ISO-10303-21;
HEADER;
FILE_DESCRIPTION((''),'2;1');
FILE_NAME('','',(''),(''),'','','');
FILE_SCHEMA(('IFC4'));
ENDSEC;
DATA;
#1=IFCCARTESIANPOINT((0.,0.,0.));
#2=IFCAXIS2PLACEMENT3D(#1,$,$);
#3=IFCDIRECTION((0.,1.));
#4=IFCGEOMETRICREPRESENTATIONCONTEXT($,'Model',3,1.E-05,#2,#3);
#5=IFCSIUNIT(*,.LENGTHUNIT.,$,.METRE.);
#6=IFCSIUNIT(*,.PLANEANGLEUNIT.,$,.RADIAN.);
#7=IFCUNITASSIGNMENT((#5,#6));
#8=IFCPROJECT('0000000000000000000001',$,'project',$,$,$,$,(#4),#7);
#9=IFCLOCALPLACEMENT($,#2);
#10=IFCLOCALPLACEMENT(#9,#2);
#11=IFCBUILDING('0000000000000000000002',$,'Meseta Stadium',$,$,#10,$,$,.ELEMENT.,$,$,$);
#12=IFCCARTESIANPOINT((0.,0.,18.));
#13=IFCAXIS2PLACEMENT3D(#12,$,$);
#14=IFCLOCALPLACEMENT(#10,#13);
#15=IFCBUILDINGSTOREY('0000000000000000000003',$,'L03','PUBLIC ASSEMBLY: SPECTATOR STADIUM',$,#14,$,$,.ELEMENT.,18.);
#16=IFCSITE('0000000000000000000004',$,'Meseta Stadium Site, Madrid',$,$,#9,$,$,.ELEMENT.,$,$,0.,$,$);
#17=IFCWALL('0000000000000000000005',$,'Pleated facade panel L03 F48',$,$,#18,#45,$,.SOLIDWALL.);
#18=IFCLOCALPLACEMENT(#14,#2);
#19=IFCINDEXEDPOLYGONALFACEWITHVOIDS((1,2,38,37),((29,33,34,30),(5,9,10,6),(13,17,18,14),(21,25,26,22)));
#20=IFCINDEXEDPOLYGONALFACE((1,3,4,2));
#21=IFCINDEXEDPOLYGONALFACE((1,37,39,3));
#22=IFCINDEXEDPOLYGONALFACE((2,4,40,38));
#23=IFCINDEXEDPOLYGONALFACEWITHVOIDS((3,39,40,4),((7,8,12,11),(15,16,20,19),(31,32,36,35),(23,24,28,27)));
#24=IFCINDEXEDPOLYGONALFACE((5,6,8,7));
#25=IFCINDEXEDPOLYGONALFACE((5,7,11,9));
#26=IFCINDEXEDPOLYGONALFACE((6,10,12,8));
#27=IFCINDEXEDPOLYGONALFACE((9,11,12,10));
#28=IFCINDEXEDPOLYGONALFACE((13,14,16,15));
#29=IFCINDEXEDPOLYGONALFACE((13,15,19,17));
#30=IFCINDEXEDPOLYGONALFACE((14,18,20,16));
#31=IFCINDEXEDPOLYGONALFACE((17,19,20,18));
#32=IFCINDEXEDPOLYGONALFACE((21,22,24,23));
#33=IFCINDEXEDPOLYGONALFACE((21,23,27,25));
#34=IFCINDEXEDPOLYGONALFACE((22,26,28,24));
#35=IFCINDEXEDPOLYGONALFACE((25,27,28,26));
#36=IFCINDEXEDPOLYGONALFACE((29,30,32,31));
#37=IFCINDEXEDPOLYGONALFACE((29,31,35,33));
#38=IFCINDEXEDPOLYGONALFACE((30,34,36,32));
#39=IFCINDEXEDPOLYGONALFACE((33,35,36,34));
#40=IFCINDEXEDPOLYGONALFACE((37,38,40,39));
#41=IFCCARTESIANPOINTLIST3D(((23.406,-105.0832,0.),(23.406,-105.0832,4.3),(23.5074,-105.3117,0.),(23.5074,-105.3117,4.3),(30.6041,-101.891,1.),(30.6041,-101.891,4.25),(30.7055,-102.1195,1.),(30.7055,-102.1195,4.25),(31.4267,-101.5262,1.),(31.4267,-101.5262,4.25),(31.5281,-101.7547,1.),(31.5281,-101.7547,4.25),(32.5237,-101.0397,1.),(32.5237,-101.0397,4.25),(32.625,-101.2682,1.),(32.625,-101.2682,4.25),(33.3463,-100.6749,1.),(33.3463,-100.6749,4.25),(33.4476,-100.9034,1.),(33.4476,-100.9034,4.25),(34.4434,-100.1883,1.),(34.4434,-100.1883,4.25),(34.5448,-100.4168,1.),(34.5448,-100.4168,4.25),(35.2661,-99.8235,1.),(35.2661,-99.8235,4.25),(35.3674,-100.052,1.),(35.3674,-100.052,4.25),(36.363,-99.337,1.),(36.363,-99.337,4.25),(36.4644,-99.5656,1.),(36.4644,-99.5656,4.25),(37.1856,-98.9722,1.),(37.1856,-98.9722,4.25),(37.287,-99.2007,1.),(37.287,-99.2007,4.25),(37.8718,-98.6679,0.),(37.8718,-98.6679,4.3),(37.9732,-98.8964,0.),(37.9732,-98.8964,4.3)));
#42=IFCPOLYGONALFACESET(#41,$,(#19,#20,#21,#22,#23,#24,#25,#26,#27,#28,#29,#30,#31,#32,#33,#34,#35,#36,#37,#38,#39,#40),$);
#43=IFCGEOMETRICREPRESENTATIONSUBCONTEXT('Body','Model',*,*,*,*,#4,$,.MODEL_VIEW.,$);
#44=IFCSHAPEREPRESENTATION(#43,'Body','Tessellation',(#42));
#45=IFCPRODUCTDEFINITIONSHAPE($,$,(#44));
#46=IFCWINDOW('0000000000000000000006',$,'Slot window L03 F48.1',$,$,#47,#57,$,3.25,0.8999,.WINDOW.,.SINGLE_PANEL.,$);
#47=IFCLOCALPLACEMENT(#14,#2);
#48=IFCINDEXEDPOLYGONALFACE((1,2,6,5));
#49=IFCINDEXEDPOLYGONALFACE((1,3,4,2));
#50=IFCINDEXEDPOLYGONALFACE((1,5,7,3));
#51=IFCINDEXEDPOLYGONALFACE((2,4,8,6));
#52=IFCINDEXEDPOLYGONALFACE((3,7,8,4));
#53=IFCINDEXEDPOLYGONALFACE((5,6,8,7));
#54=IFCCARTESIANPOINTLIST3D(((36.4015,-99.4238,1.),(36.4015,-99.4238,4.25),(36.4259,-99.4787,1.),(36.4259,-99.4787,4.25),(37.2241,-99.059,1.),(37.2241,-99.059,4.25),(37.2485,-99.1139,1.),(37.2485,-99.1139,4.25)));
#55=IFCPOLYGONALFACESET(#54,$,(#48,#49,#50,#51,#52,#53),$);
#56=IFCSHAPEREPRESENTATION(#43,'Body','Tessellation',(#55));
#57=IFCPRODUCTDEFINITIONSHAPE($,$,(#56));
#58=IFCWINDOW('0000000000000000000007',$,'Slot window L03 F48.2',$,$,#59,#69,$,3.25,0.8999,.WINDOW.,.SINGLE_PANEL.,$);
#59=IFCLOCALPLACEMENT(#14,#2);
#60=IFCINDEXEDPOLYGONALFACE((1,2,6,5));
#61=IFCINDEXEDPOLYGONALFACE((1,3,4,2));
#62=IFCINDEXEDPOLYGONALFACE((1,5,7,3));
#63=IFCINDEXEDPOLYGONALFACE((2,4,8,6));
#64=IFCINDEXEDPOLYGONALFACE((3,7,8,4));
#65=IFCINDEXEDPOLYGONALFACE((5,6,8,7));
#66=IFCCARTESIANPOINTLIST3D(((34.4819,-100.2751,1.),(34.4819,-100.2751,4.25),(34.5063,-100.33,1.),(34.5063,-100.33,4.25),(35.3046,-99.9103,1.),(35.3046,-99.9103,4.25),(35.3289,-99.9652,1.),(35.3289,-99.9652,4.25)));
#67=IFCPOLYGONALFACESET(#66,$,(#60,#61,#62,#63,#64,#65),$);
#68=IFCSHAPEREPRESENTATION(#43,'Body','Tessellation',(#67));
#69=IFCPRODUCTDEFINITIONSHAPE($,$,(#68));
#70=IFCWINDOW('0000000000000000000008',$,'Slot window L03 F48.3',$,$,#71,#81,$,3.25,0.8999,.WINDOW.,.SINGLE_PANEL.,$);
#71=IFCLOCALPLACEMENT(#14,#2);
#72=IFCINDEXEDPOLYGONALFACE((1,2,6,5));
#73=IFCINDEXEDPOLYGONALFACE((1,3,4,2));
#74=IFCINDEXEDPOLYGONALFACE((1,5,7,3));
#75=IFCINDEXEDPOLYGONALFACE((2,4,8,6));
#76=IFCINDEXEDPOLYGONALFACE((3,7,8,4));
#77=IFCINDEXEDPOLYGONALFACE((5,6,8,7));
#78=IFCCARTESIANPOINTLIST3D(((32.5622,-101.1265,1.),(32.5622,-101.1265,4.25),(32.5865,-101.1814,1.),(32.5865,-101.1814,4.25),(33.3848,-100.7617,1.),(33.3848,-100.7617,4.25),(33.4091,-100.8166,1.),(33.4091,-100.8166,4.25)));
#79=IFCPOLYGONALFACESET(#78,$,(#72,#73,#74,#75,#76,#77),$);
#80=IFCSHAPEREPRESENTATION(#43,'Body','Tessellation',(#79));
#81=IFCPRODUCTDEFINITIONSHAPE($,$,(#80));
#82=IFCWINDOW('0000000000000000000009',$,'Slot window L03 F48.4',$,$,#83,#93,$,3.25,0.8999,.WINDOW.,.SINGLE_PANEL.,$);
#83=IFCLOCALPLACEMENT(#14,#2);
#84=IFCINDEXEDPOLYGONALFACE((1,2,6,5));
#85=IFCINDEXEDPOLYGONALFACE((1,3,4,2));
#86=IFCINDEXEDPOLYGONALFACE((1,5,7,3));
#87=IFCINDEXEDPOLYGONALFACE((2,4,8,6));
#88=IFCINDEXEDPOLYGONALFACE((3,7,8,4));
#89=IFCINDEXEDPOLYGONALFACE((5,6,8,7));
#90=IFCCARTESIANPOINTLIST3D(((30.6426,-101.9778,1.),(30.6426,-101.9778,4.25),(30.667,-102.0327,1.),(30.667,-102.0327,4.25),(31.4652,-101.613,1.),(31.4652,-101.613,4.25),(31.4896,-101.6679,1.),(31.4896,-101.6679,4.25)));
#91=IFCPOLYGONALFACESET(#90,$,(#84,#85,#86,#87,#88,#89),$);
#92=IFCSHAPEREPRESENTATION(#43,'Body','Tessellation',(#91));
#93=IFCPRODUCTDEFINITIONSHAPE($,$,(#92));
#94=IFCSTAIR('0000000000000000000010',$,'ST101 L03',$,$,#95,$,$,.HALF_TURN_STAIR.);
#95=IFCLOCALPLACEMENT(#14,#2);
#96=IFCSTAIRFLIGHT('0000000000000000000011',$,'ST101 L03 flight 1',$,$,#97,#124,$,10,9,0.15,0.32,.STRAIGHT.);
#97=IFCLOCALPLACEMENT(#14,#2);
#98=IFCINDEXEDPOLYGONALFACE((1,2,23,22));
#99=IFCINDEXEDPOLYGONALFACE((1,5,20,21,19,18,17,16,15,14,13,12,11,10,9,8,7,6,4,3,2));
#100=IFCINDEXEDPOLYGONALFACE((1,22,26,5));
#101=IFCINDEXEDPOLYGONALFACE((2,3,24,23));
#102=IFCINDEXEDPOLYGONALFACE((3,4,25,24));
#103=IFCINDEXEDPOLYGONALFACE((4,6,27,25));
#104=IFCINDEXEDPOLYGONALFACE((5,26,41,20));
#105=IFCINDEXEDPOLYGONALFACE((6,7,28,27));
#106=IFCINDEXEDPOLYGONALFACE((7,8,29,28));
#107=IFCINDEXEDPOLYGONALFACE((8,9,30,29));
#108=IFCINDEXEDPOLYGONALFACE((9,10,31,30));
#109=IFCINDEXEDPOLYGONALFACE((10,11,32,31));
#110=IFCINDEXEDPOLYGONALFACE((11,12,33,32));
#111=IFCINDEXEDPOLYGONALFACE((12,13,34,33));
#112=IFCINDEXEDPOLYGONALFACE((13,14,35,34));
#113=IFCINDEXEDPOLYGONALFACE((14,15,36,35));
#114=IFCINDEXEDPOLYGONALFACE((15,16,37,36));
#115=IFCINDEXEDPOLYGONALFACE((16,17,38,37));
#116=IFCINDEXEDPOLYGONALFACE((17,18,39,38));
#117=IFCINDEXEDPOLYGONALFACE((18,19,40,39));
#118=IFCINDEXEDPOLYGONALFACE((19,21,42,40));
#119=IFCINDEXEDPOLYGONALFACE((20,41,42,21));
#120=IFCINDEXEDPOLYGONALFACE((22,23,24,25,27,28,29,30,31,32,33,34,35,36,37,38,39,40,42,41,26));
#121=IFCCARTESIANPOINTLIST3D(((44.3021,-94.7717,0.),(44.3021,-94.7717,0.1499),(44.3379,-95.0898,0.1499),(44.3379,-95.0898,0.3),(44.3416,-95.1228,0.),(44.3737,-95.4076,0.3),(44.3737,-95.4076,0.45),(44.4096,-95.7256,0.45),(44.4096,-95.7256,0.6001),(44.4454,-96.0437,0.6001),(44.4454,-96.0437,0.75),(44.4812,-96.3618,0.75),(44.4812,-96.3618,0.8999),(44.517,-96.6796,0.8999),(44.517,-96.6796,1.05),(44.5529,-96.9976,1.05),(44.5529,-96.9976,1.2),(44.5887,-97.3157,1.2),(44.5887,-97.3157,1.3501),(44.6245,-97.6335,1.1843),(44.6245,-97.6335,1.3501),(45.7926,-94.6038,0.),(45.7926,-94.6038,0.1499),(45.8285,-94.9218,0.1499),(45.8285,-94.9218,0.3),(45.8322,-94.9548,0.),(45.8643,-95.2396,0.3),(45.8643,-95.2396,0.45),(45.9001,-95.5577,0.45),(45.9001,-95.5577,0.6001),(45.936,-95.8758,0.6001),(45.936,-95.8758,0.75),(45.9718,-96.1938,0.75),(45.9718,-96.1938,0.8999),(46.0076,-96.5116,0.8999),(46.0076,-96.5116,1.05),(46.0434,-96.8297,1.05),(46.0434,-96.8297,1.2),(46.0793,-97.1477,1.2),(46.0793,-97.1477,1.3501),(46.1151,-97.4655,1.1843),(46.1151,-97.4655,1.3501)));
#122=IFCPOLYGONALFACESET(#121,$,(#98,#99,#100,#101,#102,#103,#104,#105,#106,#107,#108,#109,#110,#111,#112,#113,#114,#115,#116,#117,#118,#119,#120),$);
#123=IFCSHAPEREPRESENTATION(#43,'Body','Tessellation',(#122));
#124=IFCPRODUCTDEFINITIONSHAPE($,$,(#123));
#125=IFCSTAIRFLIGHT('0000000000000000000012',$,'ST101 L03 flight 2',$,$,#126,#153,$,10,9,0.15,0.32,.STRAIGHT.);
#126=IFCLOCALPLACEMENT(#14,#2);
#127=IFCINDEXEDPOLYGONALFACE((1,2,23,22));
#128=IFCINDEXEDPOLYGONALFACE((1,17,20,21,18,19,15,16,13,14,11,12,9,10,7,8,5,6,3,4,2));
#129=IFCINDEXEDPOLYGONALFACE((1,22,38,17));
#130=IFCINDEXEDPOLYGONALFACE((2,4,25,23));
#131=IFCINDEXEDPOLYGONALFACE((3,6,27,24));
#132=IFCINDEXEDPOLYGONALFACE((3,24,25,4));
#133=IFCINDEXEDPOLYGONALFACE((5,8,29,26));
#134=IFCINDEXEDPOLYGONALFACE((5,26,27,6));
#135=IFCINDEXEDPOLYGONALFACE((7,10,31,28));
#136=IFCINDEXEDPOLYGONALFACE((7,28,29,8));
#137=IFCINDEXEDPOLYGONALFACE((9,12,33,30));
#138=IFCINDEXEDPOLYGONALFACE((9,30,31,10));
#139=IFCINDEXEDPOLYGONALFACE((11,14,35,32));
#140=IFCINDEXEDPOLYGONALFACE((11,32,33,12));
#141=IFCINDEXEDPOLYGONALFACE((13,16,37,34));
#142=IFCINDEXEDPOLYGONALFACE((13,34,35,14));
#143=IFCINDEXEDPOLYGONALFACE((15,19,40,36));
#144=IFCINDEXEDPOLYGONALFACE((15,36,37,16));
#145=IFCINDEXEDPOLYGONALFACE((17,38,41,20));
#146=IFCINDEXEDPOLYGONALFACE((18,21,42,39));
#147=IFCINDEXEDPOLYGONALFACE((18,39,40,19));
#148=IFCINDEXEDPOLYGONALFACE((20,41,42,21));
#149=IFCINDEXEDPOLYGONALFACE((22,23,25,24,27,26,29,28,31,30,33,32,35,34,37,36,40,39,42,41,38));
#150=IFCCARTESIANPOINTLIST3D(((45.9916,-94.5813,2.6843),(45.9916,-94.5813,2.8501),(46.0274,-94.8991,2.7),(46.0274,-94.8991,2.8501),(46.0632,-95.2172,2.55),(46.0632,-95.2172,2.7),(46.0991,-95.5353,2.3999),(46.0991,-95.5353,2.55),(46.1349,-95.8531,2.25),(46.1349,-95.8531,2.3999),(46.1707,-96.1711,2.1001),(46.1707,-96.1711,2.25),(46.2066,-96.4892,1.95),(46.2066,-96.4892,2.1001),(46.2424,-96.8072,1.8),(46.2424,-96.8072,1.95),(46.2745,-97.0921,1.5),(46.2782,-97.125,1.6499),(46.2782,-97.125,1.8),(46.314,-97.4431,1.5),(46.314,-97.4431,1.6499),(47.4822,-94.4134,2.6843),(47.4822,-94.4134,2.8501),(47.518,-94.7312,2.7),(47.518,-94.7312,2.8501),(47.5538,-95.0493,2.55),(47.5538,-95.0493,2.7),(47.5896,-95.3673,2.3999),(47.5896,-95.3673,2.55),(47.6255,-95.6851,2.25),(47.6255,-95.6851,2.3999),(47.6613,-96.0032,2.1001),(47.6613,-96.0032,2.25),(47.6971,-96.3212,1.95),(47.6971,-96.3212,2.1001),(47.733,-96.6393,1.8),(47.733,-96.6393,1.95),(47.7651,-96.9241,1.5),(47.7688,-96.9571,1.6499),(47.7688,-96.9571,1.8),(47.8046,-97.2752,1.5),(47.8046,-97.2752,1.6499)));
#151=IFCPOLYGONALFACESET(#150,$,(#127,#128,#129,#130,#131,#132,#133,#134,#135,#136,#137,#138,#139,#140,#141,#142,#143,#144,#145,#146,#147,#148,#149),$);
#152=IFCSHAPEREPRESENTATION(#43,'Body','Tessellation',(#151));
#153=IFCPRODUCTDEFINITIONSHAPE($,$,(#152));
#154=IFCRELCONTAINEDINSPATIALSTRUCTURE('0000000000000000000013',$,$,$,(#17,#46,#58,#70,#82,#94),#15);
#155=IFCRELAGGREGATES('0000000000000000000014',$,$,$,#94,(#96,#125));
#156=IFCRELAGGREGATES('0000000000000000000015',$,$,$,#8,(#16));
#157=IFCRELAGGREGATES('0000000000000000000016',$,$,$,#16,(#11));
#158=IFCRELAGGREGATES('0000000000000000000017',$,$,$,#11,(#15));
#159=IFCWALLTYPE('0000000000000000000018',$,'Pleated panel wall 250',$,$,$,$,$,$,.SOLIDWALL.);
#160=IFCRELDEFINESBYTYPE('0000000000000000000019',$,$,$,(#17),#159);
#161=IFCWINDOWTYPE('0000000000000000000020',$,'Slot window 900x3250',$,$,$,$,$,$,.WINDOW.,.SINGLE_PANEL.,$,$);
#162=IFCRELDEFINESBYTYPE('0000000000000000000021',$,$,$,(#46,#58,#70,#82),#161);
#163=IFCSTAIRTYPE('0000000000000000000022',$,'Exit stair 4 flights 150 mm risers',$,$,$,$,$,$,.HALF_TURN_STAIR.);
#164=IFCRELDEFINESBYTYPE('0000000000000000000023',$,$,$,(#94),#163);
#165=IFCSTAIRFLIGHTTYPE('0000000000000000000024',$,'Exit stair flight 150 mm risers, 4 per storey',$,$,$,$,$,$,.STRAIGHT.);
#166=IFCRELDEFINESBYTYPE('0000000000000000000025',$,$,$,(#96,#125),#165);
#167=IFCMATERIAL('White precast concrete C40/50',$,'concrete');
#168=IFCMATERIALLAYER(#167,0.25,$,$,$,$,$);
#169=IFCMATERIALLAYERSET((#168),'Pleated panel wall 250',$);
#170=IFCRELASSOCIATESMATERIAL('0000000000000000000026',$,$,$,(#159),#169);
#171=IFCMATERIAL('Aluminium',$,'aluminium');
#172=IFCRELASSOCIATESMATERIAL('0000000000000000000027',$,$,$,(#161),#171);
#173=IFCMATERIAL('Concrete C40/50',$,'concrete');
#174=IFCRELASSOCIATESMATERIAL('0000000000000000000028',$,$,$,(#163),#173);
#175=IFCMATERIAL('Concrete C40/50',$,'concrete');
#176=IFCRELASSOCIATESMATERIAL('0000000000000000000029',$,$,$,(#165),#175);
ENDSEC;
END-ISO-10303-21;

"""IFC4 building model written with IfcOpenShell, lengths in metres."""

from ifc_helpers import new_model, si_unit, direction, frame, frame_2d, origin, place, context, subcontext, project, spatial, polyline, rectangle, outline, extrude, material, layer, layer_set, type_object, element, fill, aggregate, save


model = new_model("IFC4")

# Units and contexts
model_context = context("Model", 3, precision=1e-05, world=origin(), true_north=direction((0.0, 1.0)))
body_context = subcontext(model_context, "Body", "Model", "MODEL_VIEW")
ifc_project = project(units=[si_unit("LENGTHUNIT", "METRE"), si_unit("PLANEANGLEUNIT", "RADIAN")], contexts=[model_context])

# Site, building, storey
site_placement = place(None, origin())
site = spatial("IfcSite", under=ifc_project, at=site_placement, Name="Meseta Stadium Site, Madrid", CompositionType="ELEMENT", RefElevation=0.0)
building_placement = place(site_placement, origin())
building = spatial("IfcBuilding", under=site, at=building_placement, Name="Meseta Stadium", CompositionType="ELEMENT")
storey_placement = place(building_placement, frame((0.0, 0.0, 18.0)))
storey = spatial("IfcBuildingStorey", under=building, at=storey_placement, Name="L03", Description="PUBLIC ASSEMBLY: SPECTATOR STADIUM", CompositionType="ELEMENT", Elevation=18.0)

# Wall, openings, windows
ifc_material_1 = material(Name="White precast concrete C40/50", Category="concrete")
ifc_layer_1 = layer(ifc_material_1, 0.25)
ifc_layer_set_1 = layer_set([ifc_layer_1], Name="Pleated panel wall 250")
wall_type_1 = type_object("IfcWallType", Name="Pleated panel wall 250", PredefinedType="SOLIDWALL", material=ifc_layer_set_1)
wall_1_placement = place(storey_placement, frame((37.9224, -98.7822, 0.0), z_axis=(0.0, 0.0, 1.0), x_axis=(-0.914139, -0.405401, 0.0)))
wall_1 = element("IfcWall", 1, at=wall_1_placement, inside=storey, type_object=wall_type_1, Name="Pleated facade panel L03 F48", PredefinedType="SOLIDWALL", context=body_context, shape_type="SweptSolid", body=[
    extrude(rectangle(XDim=15.8245, YDim=0.25, at=frame_2d((7.9121, 0.0))), origin(), (0.0, 0.0, 1.0), 4.3),
])
opening_1_placement = place(wall_1_placement, frame((0.7505, 0.0, 1.0)))
opening_1 = element("IfcOpeningElement", 2, at=opening_1_placement, cuts=wall_1, PredefinedType="OPENING", context=body_context, shape_type="SweptSolid", body=[
    extrude(rectangle(XDim=0.8999, YDim=3.25, at=frame_2d((0.45, 1.625))), frame((0.0, 0.135, 0.0), z_axis=(0.0, -1.0, 0.0), x_axis=(1.0, 0.0, 0.0)), (0.0, 0.0, 1.0), 0.27),
])
opening_2_placement = place(wall_1_placement, frame((2.8503, 0.0, 1.0)))
opening_2 = element("IfcOpeningElement", 3, at=opening_2_placement, cuts=wall_1, PredefinedType="OPENING", context=body_context, shape_type="SweptSolid", body=[
    extrude(rectangle(XDim=0.8999, YDim=3.25, at=frame_2d((0.45, 1.625))), frame((0.0, 0.135, 0.0), z_axis=(0.0, -1.0, 0.0), x_axis=(1.0, 0.0, 0.0)), (0.0, 0.0, 1.0), 0.27),
])
opening_3_placement = place(wall_1_placement, frame((4.9504, 0.0, 1.0)))
opening_3 = element("IfcOpeningElement", 4, at=opening_3_placement, cuts=wall_1, PredefinedType="OPENING", context=body_context, shape_type="SweptSolid", body=[
    extrude(rectangle(XDim=0.8999, YDim=3.25, at=frame_2d((0.45, 1.625))), frame((0.0, 0.135, 0.0), z_axis=(0.0, -1.0, 0.0), x_axis=(1.0, 0.0, 0.0)), (0.0, 0.0, 1.0), 0.27),
])
opening_4_placement = place(wall_1_placement, frame((7.0503, 0.0, 1.0)))
opening_4 = element("IfcOpeningElement", 5, at=opening_4_placement, cuts=wall_1, PredefinedType="OPENING", context=body_context, shape_type="SweptSolid", body=[
    extrude(rectangle(XDim=0.8999, YDim=3.25, at=frame_2d((0.45, 1.625))), frame((0.0, 0.135, 0.0), z_axis=(0.0, -1.0, 0.0), x_axis=(1.0, 0.0, 0.0)), (0.0, 0.0, 1.0), 0.27),
])
ifc_material_2 = material(Name="Aluminium", Category="aluminium")
window_type = type_object("IfcWindowType", Name="Slot window 900x3250", PartitioningType="SINGLE_PANEL", PredefinedType="WINDOW", material=ifc_material_2)
window_1_placement = place(opening_1_placement, origin())
window_1 = element("IfcWindow", 6, at=window_1_placement, inside=storey, type_object=window_type, Name="Slot window L03 F48.1", OverallHeight=3.25, OverallWidth=0.8999, PartitioningType="SINGLE_PANEL", PredefinedType="WINDOW", context=body_context, shape_type="SweptSolid", body=[
    extrude(rectangle(XDim=0.8999, YDim=3.25, at=frame_2d((0.45, 1.625))), frame((0.0, 0.03, 0.0), z_axis=(0.0, -1.0, 0.0), x_axis=(1.0, 0.0, 0.0)), (0.0, 0.0, 1.0), 0.0601),
])
fill(opening_1, window_1)
window_2_placement = place(opening_2_placement, origin())
window_2 = element("IfcWindow", 7, at=window_2_placement, inside=storey, type_object=window_type, Name="Slot window L03 F48.2", OverallHeight=3.25, OverallWidth=0.8999, PartitioningType="SINGLE_PANEL", PredefinedType="WINDOW", context=body_context, shape_type="SweptSolid", body=[
    extrude(rectangle(XDim=0.8999, YDim=3.25, at=frame_2d((0.45, 1.625))), frame((0.0, 0.03, 0.0), z_axis=(0.0, -1.0, 0.0), x_axis=(1.0, 0.0, 0.0)), (0.0, 0.0, 1.0), 0.0601),
])
fill(opening_2, window_2)
window_3_placement = place(opening_3_placement, origin())
window_3 = element("IfcWindow", 8, at=window_3_placement, inside=storey, type_object=window_type, Name="Slot window L03 F48.3", OverallHeight=3.25, OverallWidth=0.8999, PartitioningType="SINGLE_PANEL", PredefinedType="WINDOW", context=body_context, shape_type="SweptSolid", body=[
    extrude(rectangle(XDim=0.8999, YDim=3.25, at=frame_2d((0.45, 1.625))), frame((0.0, 0.03, 0.0), z_axis=(0.0, -1.0, 0.0), x_axis=(1.0, 0.0, 0.0)), (0.0, 0.0, 1.0), 0.0601),
])
fill(opening_3, window_3)
window_4_placement = place(opening_4_placement, origin())
window_4 = element("IfcWindow", 9, at=window_4_placement, inside=storey, type_object=window_type, Name="Slot window L03 F48.4", OverallHeight=3.25, OverallWidth=0.8999, PartitioningType="SINGLE_PANEL", PredefinedType="WINDOW", context=body_context, shape_type="SweptSolid", body=[
    extrude(rectangle(XDim=0.8999, YDim=3.25, at=frame_2d((0.45, 1.625))), frame((0.0, 0.03, 0.0), z_axis=(0.0, -1.0, 0.0), x_axis=(1.0, 0.0, 0.0)), (0.0, 0.0, 1.0), 0.0601),
])
fill(opening_4, window_4)

# Stair, stair flights
ifc_material_3 = material(Name="Concrete C40/50", Category="concrete")
stair_type = type_object("IfcStairType", Name="Exit stair 4 flights 150 mm risers", PredefinedType="HALF_TURN_STAIR", material=ifc_material_3)
stair_placement = place(storey_placement, origin())
stair = element("IfcStair", 10, at=stair_placement, inside=storey, type_object=stair_type, Name="ST101 L03", PredefinedType="HALF_TURN_STAIR")
ifc_material_4 = material(Name="Concrete C40/50", Category="concrete")
stair_flight_type = type_object("IfcStairFlightType", Name="Exit stair flight 150 mm risers, 4 per storey", PredefinedType="STRAIGHT", material=ifc_material_4)
stair_flight_1_placement = place(storey_placement, frame((45.0474, -94.6877, 0.0), z_axis=(0.0, 0.0, 1.0), x_axis=(0.111964, -0.993712, 0.0)))
stair_flight_1 = element("IfcStairFlight", 11, at=stair_flight_1_placement, type_object=stair_flight_type, Name="ST101 L03 flight 1", NumberOfRisers=10, NumberOfTreads=9, PredefinedType="STRAIGHT", RiserHeight=0.15, TreadLength=0.32, context=body_context, shape_type="SweptSolid", body=[
    extrude(outline(polyline([(0.0, 0.0), (0.0, 0.1499), (0.3201, 0.1499), (0.3201, 0.3), (0.6399, 0.3), (0.6399, 0.45), (0.96, 0.45), (0.96, 0.6001), (1.28, 0.6001), (1.28, 0.75), (1.6001, 0.75), (1.6001, 0.8999), (1.9199, 0.8999), (1.9199, 1.05), (2.24, 1.05), (2.24, 1.2), (2.5601, 1.2), (2.5601, 1.3501), (2.8799, 1.3501), (2.8799, 1.1843), (0.3533, 0.0), (0.0, 0.0)])), frame((0.0, 0.75, 0.0), z_axis=(0.0, -1.0, 0.0), x_axis=(1.0, 0.0, 0.0)), (0.0, 0.0, 1.0), 1.5),
])
stair_flight_2_placement = place(storey_placement, frame((47.0593, -97.3591, 1.5), z_axis=(0.0, 0.0, 1.0), x_axis=(-0.111964, 0.993712, 0.0)))
stair_flight_2 = element("IfcStairFlight", 12, at=stair_flight_2_placement, type_object=stair_flight_type, Name="ST101 L03 flight 2", NumberOfRisers=10, NumberOfTreads=9, PredefinedType="STRAIGHT", RiserHeight=0.15, TreadLength=0.32, context=body_context, shape_type="SweptSolid", body=[
    extrude(outline(polyline([(0.0, 0.0), (0.0, 0.1499), (0.3201, 0.1499), (0.3201, 0.3), (0.6399, 0.3), (0.6399, 0.45), (0.96, 0.45), (0.96, 0.6001), (1.28, 0.6001), (1.28, 0.75), (1.6001, 0.75), (1.6001, 0.8999), (1.9199, 0.8999), (1.9199, 1.05), (2.24, 1.05), (2.24, 1.2), (2.5601, 1.2), (2.5601, 1.3501), (2.8799, 1.3501), (2.8799, 1.1843), (0.3533, 0.0), (0.0, 0.0)])), frame((0.0, 0.75, 0.0), z_axis=(0.0, -1.0, 0.0), x_axis=(1.0, 0.0, 0.0)), (0.0, 0.0, 1.0), 1.5),
])
aggregate(stair, [stair_flight_1, stair_flight_2])

save(model, "model.ifc")
